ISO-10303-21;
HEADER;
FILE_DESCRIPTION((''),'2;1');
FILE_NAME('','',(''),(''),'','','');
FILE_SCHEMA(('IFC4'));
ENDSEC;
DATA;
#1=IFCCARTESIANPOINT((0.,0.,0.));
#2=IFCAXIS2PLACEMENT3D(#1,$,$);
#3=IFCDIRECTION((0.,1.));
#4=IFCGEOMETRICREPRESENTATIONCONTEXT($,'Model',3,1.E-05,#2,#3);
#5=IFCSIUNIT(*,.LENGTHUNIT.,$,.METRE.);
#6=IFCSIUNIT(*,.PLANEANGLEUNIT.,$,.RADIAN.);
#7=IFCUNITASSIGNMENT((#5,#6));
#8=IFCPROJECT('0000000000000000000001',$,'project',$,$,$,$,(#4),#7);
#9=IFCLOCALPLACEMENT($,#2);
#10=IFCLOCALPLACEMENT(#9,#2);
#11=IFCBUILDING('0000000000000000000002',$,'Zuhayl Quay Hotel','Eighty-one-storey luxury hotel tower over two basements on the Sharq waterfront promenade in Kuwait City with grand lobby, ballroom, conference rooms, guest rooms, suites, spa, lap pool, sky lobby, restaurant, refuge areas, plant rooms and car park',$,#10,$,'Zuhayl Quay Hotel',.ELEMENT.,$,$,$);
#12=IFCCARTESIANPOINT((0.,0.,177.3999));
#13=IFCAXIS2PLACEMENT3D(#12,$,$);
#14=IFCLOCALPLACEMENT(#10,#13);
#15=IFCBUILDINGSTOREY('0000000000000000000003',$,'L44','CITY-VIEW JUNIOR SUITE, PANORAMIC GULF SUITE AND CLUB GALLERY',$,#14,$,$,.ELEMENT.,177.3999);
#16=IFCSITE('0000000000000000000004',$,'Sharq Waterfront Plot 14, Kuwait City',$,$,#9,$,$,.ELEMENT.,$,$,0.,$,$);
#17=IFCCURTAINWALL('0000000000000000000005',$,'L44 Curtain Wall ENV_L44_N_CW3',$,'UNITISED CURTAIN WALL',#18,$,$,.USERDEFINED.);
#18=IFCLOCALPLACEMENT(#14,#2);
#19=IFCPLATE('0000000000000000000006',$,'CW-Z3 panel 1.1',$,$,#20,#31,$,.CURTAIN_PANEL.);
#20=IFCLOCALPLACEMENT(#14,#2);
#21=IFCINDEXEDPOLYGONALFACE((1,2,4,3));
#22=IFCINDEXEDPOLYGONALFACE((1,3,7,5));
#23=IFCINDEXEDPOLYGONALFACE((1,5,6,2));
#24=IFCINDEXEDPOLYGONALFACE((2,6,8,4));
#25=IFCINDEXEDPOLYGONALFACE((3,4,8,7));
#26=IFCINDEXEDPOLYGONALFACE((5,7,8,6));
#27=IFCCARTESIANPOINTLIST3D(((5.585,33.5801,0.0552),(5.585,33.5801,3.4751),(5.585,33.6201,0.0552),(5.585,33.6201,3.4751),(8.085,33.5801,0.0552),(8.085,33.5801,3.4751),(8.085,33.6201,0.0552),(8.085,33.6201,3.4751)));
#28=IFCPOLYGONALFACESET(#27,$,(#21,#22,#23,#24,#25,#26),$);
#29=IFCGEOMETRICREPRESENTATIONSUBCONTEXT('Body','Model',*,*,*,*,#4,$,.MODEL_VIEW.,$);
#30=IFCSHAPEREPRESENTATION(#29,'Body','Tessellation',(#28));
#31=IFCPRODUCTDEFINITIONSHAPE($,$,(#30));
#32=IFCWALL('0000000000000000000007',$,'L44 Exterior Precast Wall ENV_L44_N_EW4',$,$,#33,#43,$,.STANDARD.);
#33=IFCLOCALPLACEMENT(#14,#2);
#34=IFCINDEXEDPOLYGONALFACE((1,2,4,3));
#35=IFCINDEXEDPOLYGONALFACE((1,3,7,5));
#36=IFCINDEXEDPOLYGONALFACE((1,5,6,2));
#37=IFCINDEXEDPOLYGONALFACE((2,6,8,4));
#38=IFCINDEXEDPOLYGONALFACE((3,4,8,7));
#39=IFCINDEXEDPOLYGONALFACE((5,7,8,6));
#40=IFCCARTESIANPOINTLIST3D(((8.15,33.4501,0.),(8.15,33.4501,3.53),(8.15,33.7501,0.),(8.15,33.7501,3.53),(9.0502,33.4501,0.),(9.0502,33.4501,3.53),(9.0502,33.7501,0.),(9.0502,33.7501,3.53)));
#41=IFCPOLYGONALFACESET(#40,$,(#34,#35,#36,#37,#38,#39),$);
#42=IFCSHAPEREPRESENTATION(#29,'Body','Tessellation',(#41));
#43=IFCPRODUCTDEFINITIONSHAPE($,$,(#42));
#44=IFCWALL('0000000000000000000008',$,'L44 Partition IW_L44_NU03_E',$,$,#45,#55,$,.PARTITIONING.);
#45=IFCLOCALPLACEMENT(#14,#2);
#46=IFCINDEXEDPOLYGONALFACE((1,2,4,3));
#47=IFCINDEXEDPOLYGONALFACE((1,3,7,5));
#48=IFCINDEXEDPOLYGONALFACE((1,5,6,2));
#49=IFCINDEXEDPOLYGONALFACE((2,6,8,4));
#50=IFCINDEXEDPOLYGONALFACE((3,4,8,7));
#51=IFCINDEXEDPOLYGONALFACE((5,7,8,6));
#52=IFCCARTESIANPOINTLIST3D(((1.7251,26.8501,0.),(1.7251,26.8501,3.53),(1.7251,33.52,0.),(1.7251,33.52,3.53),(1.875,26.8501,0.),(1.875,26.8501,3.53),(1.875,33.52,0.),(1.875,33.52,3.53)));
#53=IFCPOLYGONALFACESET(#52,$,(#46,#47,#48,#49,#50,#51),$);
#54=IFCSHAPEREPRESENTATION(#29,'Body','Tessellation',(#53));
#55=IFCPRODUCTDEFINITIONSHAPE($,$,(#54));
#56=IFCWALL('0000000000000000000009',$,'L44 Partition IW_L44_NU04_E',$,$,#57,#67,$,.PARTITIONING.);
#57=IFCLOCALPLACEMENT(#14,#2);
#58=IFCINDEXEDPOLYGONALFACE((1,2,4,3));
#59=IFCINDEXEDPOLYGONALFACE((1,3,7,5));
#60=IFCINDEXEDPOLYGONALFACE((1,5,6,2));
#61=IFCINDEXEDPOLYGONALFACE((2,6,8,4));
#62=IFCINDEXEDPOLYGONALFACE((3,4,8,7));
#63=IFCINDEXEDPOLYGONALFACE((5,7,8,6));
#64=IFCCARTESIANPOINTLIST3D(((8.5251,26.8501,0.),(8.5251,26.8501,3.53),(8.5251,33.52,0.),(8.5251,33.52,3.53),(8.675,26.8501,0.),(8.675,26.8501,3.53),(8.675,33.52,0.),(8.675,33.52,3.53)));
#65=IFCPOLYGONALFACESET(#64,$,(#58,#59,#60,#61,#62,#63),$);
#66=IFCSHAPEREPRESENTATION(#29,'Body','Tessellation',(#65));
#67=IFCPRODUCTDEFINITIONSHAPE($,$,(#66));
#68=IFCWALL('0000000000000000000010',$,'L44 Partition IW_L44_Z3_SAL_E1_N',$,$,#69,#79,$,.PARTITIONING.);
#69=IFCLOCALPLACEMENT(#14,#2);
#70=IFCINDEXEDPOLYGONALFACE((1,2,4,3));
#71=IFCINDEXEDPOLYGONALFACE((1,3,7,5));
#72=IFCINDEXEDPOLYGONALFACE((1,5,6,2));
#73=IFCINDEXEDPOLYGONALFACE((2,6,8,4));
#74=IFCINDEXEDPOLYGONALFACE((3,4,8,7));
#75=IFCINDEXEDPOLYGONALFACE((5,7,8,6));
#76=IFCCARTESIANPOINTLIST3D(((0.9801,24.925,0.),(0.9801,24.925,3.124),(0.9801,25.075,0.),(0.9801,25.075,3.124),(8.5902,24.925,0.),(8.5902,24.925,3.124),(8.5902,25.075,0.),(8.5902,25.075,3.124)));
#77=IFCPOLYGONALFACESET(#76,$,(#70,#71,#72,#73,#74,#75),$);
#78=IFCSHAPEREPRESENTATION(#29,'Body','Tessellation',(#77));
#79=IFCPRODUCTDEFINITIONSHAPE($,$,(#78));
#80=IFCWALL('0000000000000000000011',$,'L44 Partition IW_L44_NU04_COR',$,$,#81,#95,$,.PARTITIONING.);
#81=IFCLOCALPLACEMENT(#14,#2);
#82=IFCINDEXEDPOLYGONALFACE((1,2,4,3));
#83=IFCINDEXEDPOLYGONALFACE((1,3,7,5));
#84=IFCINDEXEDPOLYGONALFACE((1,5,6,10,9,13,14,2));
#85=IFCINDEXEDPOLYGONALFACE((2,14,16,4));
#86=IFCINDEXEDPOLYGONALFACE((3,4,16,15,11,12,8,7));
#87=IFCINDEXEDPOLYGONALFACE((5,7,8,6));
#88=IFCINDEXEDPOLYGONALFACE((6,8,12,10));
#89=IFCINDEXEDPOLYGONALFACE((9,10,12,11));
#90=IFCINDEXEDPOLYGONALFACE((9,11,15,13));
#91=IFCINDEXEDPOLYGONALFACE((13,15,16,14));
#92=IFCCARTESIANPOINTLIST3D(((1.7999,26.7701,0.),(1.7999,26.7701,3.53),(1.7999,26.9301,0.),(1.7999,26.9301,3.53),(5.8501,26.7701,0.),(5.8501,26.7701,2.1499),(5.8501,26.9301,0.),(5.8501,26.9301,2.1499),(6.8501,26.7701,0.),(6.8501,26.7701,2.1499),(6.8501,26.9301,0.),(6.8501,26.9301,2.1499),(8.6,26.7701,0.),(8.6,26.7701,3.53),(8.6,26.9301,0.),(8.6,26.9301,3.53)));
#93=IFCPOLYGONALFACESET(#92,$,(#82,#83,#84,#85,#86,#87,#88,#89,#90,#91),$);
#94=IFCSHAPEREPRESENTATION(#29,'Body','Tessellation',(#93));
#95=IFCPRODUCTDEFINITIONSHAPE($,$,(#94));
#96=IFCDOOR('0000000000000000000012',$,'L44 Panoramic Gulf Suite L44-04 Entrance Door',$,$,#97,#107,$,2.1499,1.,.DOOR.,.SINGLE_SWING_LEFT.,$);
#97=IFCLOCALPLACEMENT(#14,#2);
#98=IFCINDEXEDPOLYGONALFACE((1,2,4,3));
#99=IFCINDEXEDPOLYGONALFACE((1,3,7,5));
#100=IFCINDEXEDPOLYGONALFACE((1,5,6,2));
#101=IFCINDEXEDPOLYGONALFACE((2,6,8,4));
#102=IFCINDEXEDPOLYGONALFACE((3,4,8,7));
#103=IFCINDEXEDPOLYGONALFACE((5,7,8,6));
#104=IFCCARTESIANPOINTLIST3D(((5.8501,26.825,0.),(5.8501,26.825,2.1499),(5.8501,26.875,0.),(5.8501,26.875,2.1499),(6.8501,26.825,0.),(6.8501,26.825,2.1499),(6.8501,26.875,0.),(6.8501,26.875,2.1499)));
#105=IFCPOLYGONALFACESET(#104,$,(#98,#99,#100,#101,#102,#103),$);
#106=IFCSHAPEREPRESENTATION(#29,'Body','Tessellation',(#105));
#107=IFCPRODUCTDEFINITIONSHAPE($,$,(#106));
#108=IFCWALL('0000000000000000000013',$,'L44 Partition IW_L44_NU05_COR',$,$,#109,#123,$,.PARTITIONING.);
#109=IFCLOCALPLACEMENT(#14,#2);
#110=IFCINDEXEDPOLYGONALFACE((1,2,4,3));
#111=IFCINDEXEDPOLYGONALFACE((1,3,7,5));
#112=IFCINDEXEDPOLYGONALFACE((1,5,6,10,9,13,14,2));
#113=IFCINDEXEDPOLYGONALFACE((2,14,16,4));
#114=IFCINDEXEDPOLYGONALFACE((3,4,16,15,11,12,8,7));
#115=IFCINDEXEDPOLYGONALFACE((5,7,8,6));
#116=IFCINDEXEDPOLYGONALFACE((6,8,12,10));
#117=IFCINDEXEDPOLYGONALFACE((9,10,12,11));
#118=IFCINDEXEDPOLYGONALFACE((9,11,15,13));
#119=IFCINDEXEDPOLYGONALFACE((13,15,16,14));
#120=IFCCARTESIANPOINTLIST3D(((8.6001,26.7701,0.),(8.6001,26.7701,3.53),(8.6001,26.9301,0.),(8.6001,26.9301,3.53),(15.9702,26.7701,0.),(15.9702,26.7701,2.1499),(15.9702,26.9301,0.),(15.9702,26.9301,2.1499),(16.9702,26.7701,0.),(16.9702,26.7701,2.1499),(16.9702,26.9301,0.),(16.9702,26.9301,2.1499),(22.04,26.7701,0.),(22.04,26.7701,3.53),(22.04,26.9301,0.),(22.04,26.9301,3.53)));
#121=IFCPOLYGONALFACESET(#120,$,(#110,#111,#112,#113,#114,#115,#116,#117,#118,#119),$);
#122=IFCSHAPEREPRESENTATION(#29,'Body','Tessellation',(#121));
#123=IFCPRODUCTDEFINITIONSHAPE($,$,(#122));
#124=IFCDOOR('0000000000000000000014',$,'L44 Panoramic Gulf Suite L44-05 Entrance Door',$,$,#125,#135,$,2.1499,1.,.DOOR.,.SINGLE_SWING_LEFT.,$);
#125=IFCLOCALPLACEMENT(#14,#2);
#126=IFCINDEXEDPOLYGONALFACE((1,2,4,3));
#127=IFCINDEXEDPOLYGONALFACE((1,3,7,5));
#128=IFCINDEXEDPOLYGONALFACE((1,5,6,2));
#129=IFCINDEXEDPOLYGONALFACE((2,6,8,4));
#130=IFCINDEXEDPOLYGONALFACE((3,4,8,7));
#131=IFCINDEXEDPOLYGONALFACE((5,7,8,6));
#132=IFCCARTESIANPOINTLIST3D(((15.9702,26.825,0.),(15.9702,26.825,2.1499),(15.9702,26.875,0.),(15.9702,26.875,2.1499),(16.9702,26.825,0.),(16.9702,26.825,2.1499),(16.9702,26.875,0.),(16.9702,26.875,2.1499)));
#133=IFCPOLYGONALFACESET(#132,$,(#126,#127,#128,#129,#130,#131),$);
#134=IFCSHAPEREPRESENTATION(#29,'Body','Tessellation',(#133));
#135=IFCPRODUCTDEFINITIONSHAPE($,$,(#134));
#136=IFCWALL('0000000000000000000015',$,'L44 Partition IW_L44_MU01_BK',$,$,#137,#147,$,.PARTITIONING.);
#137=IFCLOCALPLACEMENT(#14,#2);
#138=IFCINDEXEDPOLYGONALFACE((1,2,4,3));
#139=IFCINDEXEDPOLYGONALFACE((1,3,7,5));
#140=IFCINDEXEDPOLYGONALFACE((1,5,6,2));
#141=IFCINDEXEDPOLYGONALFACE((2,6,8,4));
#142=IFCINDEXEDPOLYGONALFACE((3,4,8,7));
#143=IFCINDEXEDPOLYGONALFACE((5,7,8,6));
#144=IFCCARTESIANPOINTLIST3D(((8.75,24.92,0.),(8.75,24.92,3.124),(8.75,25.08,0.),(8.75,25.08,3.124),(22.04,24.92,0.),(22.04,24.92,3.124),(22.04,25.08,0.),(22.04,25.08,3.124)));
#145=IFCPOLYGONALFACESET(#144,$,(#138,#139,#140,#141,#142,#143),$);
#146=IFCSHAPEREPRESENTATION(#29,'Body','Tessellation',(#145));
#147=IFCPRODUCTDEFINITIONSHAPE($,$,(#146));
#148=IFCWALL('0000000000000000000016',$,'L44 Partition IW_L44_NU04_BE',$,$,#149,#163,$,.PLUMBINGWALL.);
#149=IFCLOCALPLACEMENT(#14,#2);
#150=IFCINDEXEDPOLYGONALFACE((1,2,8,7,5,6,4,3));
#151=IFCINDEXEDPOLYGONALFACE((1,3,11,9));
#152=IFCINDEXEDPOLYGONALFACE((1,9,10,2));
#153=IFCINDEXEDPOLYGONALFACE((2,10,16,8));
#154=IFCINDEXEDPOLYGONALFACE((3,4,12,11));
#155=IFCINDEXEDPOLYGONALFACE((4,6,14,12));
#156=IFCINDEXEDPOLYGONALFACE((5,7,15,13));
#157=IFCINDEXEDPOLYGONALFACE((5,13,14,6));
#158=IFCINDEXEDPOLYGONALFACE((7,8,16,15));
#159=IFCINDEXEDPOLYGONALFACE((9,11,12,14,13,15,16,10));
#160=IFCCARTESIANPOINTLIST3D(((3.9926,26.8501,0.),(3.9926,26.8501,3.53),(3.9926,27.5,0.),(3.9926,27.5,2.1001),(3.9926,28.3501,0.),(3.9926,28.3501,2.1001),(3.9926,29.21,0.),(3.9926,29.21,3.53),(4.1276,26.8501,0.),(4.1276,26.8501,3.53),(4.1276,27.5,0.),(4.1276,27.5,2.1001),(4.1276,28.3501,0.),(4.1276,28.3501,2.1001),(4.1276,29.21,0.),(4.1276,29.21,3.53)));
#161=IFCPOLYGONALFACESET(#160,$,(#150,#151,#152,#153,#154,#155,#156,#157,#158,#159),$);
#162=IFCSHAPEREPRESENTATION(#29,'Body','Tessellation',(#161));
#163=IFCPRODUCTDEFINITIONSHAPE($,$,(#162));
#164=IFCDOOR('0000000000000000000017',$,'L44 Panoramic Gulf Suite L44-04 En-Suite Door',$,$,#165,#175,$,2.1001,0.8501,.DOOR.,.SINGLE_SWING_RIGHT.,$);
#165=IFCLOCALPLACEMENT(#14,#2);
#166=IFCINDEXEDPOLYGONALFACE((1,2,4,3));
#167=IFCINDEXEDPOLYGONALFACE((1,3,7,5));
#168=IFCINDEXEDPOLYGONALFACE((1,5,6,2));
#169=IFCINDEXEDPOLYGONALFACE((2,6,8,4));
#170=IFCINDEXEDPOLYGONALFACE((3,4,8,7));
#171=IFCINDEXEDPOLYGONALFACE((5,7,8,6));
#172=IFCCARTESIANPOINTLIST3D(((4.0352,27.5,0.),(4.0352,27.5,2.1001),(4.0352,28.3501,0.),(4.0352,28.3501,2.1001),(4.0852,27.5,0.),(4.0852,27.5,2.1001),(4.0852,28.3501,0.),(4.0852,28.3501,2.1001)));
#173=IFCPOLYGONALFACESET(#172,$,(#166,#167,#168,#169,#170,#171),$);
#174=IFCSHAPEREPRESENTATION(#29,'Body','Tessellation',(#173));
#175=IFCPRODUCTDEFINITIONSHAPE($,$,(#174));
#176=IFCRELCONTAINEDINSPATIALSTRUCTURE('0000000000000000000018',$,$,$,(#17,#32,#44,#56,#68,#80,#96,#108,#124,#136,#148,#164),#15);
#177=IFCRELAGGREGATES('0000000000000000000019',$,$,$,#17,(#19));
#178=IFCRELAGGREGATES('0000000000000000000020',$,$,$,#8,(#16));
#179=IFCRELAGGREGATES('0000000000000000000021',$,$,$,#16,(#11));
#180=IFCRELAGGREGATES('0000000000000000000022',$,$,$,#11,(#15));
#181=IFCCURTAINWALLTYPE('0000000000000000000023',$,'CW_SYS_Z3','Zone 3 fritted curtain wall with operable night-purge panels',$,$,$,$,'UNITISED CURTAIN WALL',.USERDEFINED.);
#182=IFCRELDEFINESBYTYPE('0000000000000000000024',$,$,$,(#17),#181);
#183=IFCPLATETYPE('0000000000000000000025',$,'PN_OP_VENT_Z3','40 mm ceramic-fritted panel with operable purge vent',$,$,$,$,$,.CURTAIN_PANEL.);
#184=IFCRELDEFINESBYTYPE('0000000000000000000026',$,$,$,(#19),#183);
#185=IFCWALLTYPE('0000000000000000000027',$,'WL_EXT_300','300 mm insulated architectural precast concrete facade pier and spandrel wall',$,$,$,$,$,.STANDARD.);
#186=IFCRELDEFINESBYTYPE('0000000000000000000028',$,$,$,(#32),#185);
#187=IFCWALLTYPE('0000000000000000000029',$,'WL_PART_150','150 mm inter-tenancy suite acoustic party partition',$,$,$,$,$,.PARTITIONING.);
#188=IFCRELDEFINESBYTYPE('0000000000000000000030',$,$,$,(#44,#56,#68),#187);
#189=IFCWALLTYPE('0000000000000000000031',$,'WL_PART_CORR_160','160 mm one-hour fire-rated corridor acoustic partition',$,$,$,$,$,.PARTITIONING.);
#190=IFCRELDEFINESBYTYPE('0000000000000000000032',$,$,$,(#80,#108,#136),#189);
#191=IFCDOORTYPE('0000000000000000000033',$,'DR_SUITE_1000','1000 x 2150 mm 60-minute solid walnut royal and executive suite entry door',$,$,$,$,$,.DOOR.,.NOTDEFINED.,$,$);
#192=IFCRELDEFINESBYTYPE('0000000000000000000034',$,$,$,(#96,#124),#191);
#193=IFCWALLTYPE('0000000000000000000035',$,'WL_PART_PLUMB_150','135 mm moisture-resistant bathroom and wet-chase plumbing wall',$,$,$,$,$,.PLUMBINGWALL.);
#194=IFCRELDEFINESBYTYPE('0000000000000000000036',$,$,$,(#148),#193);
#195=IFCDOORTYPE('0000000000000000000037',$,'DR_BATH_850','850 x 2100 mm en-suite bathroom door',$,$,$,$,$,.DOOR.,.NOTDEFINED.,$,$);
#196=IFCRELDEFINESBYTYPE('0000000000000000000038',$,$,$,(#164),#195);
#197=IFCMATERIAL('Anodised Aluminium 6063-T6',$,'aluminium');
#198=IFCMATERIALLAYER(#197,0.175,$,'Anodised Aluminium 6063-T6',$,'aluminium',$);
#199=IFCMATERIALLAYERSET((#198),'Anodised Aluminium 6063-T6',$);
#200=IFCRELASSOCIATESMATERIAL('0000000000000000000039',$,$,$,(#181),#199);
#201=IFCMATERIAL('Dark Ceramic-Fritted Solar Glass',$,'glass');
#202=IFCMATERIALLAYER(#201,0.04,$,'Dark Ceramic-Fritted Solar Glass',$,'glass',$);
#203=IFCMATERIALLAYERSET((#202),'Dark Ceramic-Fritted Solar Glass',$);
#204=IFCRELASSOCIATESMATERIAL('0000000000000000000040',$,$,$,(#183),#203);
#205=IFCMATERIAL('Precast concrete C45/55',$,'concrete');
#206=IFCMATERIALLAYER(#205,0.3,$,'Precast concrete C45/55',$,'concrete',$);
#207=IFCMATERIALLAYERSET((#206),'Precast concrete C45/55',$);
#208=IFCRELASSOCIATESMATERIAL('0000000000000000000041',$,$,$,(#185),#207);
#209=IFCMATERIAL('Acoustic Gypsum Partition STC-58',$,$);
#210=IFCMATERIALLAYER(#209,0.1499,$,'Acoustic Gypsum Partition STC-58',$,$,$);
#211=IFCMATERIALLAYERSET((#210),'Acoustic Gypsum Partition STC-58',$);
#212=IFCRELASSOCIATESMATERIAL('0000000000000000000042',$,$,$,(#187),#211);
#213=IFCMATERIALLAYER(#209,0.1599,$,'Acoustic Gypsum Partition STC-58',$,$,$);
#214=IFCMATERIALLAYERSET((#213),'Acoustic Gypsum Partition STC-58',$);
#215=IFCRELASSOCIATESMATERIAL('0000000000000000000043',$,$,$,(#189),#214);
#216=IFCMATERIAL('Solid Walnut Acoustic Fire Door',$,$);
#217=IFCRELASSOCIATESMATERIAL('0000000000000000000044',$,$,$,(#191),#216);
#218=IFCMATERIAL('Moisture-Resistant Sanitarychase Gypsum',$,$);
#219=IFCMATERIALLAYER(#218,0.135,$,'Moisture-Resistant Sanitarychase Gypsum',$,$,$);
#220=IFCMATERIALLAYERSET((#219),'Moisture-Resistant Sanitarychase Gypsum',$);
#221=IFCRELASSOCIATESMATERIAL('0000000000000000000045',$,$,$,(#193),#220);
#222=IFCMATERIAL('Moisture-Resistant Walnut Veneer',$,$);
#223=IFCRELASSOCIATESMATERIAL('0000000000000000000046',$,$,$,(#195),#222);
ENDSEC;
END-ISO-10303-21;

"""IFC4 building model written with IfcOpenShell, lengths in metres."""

from ifc_helpers import new_model, si_unit, direction, frame, frame_2d, origin, origin_2d, place, context, subcontext, project, spatial, rectangle, extrude, material, layer, layer_set, type_object, element, fill, aggregate, save


model = new_model("IFC4")

# Units and contexts
model_context = context("Model", 3, precision=1e-05, world=origin(), true_north=direction((0.0, 1.0)))
body_context = subcontext(model_context, "Body", "Model", "MODEL_VIEW")
ifc_project = project(units=[si_unit("LENGTHUNIT", "METRE"), si_unit("PLANEANGLEUNIT", "RADIAN")], contexts=[model_context])

# Site, building, storey
site_placement = place(None, origin())
site = spatial("IfcSite", under=ifc_project, at=site_placement, Name="Sharq Waterfront Plot 14, Kuwait City", CompositionType="ELEMENT", RefElevation=0.0)
building_placement = place(site_placement, origin())
building = spatial("IfcBuilding", under=site, at=building_placement, Name="Zuhayl Quay Hotel", Description="Eighty-one-storey luxury hotel tower over two basements on the Sharq waterfront promenade in Kuwait City with grand lobby, ballroom, conference rooms, guest rooms, suites, spa, lap pool, sky lobby, restaurant, refuge areas, plant rooms and car park", LongName="Zuhayl Quay Hotel", CompositionType="ELEMENT")
storey_placement = place(building_placement, frame((0.0, 0.0, 177.3999)))
storey = spatial("IfcBuildingStorey", under=building, at=storey_placement, Name="L44", Description="CITY-VIEW JUNIOR SUITE, PANORAMIC GULF SUITE AND CLUB GALLERY", CompositionType="ELEMENT", Elevation=177.3999)

# Curtain wall, plate
ifc_material_1 = material(Name="Anodised Aluminium 6063-T6", Category="aluminium")
ifc_layer_1 = layer(ifc_material_1, 0.175, Name="Anodised Aluminium 6063-T6", Category="aluminium")
ifc_layer_set_1 = layer_set([ifc_layer_1], Name="Anodised Aluminium 6063-T6")
curtain_wall_type = type_object("IfcCurtainWallType", Name="CW_SYS_Z3", Description="Zone 3 fritted curtain wall with operable night-purge panels", ElementType="UNITISED CURTAIN WALL", PredefinedType="USERDEFINED", material=ifc_layer_set_1)
curtain_wall_placement = place(storey_placement, origin())
curtain_wall = element("IfcCurtainWall", 1, at=curtain_wall_placement, inside=storey, type_object=curtain_wall_type, Name="L44 Curtain Wall ENV_L44_N_CW3", ObjectType="UNITISED CURTAIN WALL", PredefinedType="USERDEFINED")
ifc_material_2 = material(Name="Dark Ceramic-Fritted Solar Glass", Category="glass")
ifc_layer_2 = layer(ifc_material_2, 0.04, Name="Dark Ceramic-Fritted Solar Glass", Category="glass")
ifc_layer_set_2 = layer_set([ifc_layer_2], Name="Dark Ceramic-Fritted Solar Glass")
plate_type = type_object("IfcPlateType", Name="PN_OP_VENT_Z3", Description="40 mm ceramic-fritted panel with operable purge vent", PredefinedType="CURTAIN_PANEL", material=ifc_layer_set_2)
plate_placement = place(storey_placement, frame((6.835, 33.6001, 0.0552), z_axis=(0.0, 0.0, 1.0), x_axis=(1.0, 0.0, 0.0)))
plate = element("IfcPlate", 2, at=plate_placement, type_object=plate_type, Name="CW-Z3 panel 1.1", PredefinedType="CURTAIN_PANEL", context=body_context, shape_type="SweptSolid", body=[
    extrude(rectangle(XDim=2.5, YDim=0.04, at=origin_2d()), origin(), (0.0, 0.0, 1.0), 3.4199),
])
aggregate(curtain_wall, [plate])

# Walls
ifc_material_3 = material(Name="Precast concrete C45/55", Category="concrete")
ifc_layer_3 = layer(ifc_material_3, 0.3, Name="Precast concrete C45/55", Category="concrete")
ifc_layer_set_3 = layer_set([ifc_layer_3], Name="Precast concrete C45/55")
wall_type_1 = type_object("IfcWallType", Name="WL_EXT_300", Description="300 mm insulated architectural precast concrete facade pier and spandrel wall", PredefinedType="STANDARD", material=ifc_layer_set_3)
wall_1_placement = place(storey_placement, frame((8.1499, 33.6001, 0.0), z_axis=(0.0, 0.0, 1.0), x_axis=(1.0, 0.0, 0.0)))
element("IfcWall", 3, at=wall_1_placement, inside=storey, type_object=wall_type_1, Name="L44 Exterior Precast Wall ENV_L44_N_EW4", PredefinedType="STANDARD", context=body_context, shape_type="SweptSolid", body=[
    extrude(rectangle(XDim=0.9001, YDim=0.3, at=frame_2d((0.4502, 0.0))), origin(), (0.0, 0.0, 1.0), 3.53),
])
ifc_material_4 = material(Name="Acoustic Gypsum Partition STC-58")
ifc_layer_4 = layer(ifc_material_4, 0.1499, Name="Acoustic Gypsum Partition STC-58")
ifc_layer_set_4 = layer_set([ifc_layer_4], Name="Acoustic Gypsum Partition STC-58")
wall_type_2 = type_object("IfcWallType", Name="WL_PART_150", Description="150 mm inter-tenancy suite acoustic party partition", PredefinedType="PARTITIONING", material=ifc_layer_set_4)
for number, where, z_axis, x_axis, name in (
    (4, (1.8, 26.8501, 0.0), (0.0, 0.0, 1.0), (0.0, 1.0, 0.0), "L44 Partition IW_L44_NU03_E"),
    (5, (8.6001, 26.8501, 0.0), (0.0, 0.0, 1.0), (0.0, 1.0, 0.0), "L44 Partition IW_L44_NU04_E"),
):
    element("IfcWall", number, at=place(storey_placement, frame(where, z_axis=z_axis, x_axis=x_axis)), inside=storey, type_object=wall_type_2, Name=name, PredefinedType="PARTITIONING", context=body_context, shape_type="SweptSolid", body=[
        extrude(rectangle(XDim=6.6699, YDim=0.1499, at=frame_2d((3.335, 0.0))), origin(), (0.0, 0.0, 1.0), 3.53),
    ])
wall_2_placement = place(storey_placement, frame((0.98, 25.0, 0.0), z_axis=(0.0, 0.0, 1.0), x_axis=(1.0, 0.0, 0.0)))
element("IfcWall", 6, at=wall_2_placement, inside=storey, type_object=wall_type_2, Name="L44 Partition IW_L44_Z3_SAL_E1_N", PredefinedType="PARTITIONING", context=body_context, shape_type="SweptSolid", body=[
    extrude(rectangle(XDim=7.6101, YDim=0.1499, at=frame_2d((3.8052, 0.0))), origin(), (0.0, 0.0, 1.0), 3.124),
])

# Walls, openings, doors
ifc_layer_5 = layer(ifc_material_4, 0.1599, Name="Acoustic Gypsum Partition STC-58")
ifc_layer_set_5 = layer_set([ifc_layer_5], Name="Acoustic Gypsum Partition STC-58")
wall_type_3 = type_object("IfcWallType", Name="WL_PART_CORR_160", Description="160 mm one-hour fire-rated corridor acoustic partition", PredefinedType="PARTITIONING", material=ifc_layer_set_5)
wall_3_placement = place(storey_placement, frame((1.8, 26.8501, 0.0), z_axis=(0.0, 0.0, 1.0), x_axis=(1.0, 0.0, 0.0)))
wall_3 = element("IfcWall", 7, at=wall_3_placement, inside=storey, type_object=wall_type_3, Name="L44 Partition IW_L44_NU04_COR", PredefinedType="PARTITIONING", context=body_context, shape_type="SweptSolid", body=[
    extrude(rectangle(XDim=6.8, YDim=0.1599, at=frame_2d((3.3999, 0.0))), origin(), (0.0, 0.0, 1.0), 3.53),
])
opening_1_placement = place(wall_3_placement, frame((4.05, 0.0, 0.0)))
opening_1 = element("IfcOpeningElement", 8, at=opening_1_placement, cuts=wall_3, PredefinedType="OPENING", context=body_context, shape_type="SweptSolid", body=[
    extrude(rectangle(XDim=1.0, YDim=2.1499, at=frame_2d((0.5, 1.075))), frame((0.0, 0.0898, 0.0), z_axis=(0.0, -1.0, 0.0), x_axis=(1.0, 0.0, 0.0)), (0.0, 0.0, 1.0), 0.1799),
])
ifc_material_5 = material(Name="Solid Walnut Acoustic Fire Door")
door_type_1 = type_object("IfcDoorType", Name="DR_SUITE_1000", Description="1000 x 2150 mm 60-minute solid walnut royal and executive suite entry door", OperationType="NOTDEFINED", PredefinedType="DOOR", material=ifc_material_5)
door_1_placement = place(opening_1_placement, origin())
door_1 = element("IfcDoor", 9, at=door_1_placement, inside=storey, type_object=door_type_1, Name="L44 Panoramic Gulf Suite L44-04 Entrance Door", OperationType="SINGLE_SWING_LEFT", OverallHeight=2.1499, OverallWidth=1.0, PredefinedType="DOOR", context=body_context, shape_type="SweptSolid", body=[
    extrude(rectangle(XDim=1.0, YDim=2.1499, at=frame_2d((0.5, 1.075))), frame((0.0, 0.0249, 0.0), z_axis=(0.0, -1.0, 0.0), x_axis=(1.0, 0.0, 0.0)), (0.0, 0.0, 1.0), 0.05),
])
fill(opening_1, door_1)
wall_4_placement = place(storey_placement, frame((8.6001, 26.8501, 0.0), z_axis=(0.0, 0.0, 1.0), x_axis=(1.0, 0.0, 0.0)))
wall_4 = element("IfcWall", 10, at=wall_4_placement, inside=storey, type_object=wall_type_3, Name="L44 Partition IW_L44_NU05_COR", PredefinedType="PARTITIONING", context=body_context, shape_type="SweptSolid", body=[
    extrude(rectangle(XDim=13.4399, YDim=0.1599, at=frame_2d((6.72, 0.0))), origin(), (0.0, 0.0, 1.0), 3.53),
])
opening_2_placement = place(wall_4_placement, frame((7.3701, 0.0, 0.0)))
opening_2 = element("IfcOpeningElement", 11, at=opening_2_placement, cuts=wall_4, PredefinedType="OPENING", context=body_context, shape_type="SweptSolid", body=[
    extrude(rectangle(XDim=1.0, YDim=2.1499, at=frame_2d((0.5, 1.075))), frame((0.0, 0.0898, 0.0), z_axis=(0.0, -1.0, 0.0), x_axis=(1.0, 0.0, 0.0)), (0.0, 0.0, 1.0), 0.1799),
])
door_2_placement = place(opening_2_placement, origin())
door_2 = element("IfcDoor", 12, at=door_2_placement, inside=storey, type_object=door_type_1, Name="L44 Panoramic Gulf Suite L44-05 Entrance Door", OperationType="SINGLE_SWING_LEFT", OverallHeight=2.1499, OverallWidth=1.0, PredefinedType="DOOR", context=body_context, shape_type="SweptSolid", body=[
    extrude(rectangle(XDim=1.0, YDim=2.1499, at=frame_2d((0.5, 1.075))), frame((0.0, 0.0249, 0.0), z_axis=(0.0, -1.0, 0.0), x_axis=(1.0, 0.0, 0.0)), (0.0, 0.0, 1.0), 0.05),
])
fill(opening_2, door_2)

# Wall
wall_5_placement = place(storey_placement, frame((8.75, 25.0, 0.0), z_axis=(0.0, 0.0, 1.0), x_axis=(1.0, 0.0, 0.0)))
element("IfcWall", 13, at=wall_5_placement, inside=storey, type_object=wall_type_3, Name="L44 Partition IW_L44_MU01_BK", PredefinedType="PARTITIONING", context=body_context, shape_type="SweptSolid", body=[
    extrude(rectangle(XDim=13.29, YDim=0.1599, at=frame_2d((6.645, 0.0))), origin(), (0.0, 0.0, 1.0), 3.124),
])

# Wall, opening, door
ifc_material_6 = material(Name="Moisture-Resistant Sanitarychase Gypsum")
ifc_layer_6 = layer(ifc_material_6, 0.135, Name="Moisture-Resistant Sanitarychase Gypsum")
ifc_layer_set_6 = layer_set([ifc_layer_6], Name="Moisture-Resistant Sanitarychase Gypsum")
wall_type_4 = type_object("IfcWallType", Name="WL_PART_PLUMB_150", Description="135 mm moisture-resistant bathroom and wet-chase plumbing wall", PredefinedType="PLUMBINGWALL", material=ifc_layer_set_6)
wall_6_placement = place(storey_placement, frame((4.0601, 26.8501, 0.0), z_axis=(0.0, 0.0, 1.0), x_axis=(0.0, 1.0, 0.0)))
wall_6 = element("IfcWall", 14, at=wall_6_placement, inside=storey, type_object=wall_type_4, Name="L44 Partition IW_L44_NU04_BE", PredefinedType="PLUMBINGWALL", context=body_context, shape_type="SweptSolid", body=[
    extrude(rectangle(XDim=2.3599, YDim=0.135, at=frame_2d((1.1799, 0.0))), origin(), (0.0, 0.0, 1.0), 3.53),
])
opening_3_placement = place(wall_6_placement, frame((0.6499, 0.0, 0.0)))
opening_3 = element("IfcOpeningElement", 15, at=opening_3_placement, cuts=wall_6, PredefinedType="OPENING", context=body_context, shape_type="SweptSolid", body=[
    extrude(rectangle(XDim=0.8501, YDim=2.1001, at=frame_2d((0.425, 1.05))), frame((0.0, 0.0774, 0.0), z_axis=(0.0, -1.0, 0.0), x_axis=(1.0, 0.0, 0.0)), (0.0, 0.0, 1.0), 0.155),
])
ifc_material_7 = material(Name="Moisture-Resistant Walnut Veneer")
door_type_2 = type_object("IfcDoorType", Name="DR_BATH_850", Description="850 x 2100 mm en-suite bathroom door", OperationType="NOTDEFINED", PredefinedType="DOOR", material=ifc_material_7)
door_3_placement = place(opening_3_placement, origin())
door_3 = element("IfcDoor", 16, at=door_3_placement, inside=storey, type_object=door_type_2, Name="L44 Panoramic Gulf Suite L44-04 En-Suite Door", OperationType="SINGLE_SWING_RIGHT", OverallHeight=2.1001, OverallWidth=0.8501, PredefinedType="DOOR", context=body_context, shape_type="SweptSolid", body=[
    extrude(rectangle(XDim=0.8501, YDim=2.1001, at=frame_2d((0.425, 1.05))), frame((0.0, 0.0249, 0.0), z_axis=(0.0, -1.0, 0.0), x_axis=(1.0, 0.0, 0.0)), (0.0, 0.0, 1.0), 0.05),
])
fill(opening_3, door_3)

save(model, "model.ifc")
